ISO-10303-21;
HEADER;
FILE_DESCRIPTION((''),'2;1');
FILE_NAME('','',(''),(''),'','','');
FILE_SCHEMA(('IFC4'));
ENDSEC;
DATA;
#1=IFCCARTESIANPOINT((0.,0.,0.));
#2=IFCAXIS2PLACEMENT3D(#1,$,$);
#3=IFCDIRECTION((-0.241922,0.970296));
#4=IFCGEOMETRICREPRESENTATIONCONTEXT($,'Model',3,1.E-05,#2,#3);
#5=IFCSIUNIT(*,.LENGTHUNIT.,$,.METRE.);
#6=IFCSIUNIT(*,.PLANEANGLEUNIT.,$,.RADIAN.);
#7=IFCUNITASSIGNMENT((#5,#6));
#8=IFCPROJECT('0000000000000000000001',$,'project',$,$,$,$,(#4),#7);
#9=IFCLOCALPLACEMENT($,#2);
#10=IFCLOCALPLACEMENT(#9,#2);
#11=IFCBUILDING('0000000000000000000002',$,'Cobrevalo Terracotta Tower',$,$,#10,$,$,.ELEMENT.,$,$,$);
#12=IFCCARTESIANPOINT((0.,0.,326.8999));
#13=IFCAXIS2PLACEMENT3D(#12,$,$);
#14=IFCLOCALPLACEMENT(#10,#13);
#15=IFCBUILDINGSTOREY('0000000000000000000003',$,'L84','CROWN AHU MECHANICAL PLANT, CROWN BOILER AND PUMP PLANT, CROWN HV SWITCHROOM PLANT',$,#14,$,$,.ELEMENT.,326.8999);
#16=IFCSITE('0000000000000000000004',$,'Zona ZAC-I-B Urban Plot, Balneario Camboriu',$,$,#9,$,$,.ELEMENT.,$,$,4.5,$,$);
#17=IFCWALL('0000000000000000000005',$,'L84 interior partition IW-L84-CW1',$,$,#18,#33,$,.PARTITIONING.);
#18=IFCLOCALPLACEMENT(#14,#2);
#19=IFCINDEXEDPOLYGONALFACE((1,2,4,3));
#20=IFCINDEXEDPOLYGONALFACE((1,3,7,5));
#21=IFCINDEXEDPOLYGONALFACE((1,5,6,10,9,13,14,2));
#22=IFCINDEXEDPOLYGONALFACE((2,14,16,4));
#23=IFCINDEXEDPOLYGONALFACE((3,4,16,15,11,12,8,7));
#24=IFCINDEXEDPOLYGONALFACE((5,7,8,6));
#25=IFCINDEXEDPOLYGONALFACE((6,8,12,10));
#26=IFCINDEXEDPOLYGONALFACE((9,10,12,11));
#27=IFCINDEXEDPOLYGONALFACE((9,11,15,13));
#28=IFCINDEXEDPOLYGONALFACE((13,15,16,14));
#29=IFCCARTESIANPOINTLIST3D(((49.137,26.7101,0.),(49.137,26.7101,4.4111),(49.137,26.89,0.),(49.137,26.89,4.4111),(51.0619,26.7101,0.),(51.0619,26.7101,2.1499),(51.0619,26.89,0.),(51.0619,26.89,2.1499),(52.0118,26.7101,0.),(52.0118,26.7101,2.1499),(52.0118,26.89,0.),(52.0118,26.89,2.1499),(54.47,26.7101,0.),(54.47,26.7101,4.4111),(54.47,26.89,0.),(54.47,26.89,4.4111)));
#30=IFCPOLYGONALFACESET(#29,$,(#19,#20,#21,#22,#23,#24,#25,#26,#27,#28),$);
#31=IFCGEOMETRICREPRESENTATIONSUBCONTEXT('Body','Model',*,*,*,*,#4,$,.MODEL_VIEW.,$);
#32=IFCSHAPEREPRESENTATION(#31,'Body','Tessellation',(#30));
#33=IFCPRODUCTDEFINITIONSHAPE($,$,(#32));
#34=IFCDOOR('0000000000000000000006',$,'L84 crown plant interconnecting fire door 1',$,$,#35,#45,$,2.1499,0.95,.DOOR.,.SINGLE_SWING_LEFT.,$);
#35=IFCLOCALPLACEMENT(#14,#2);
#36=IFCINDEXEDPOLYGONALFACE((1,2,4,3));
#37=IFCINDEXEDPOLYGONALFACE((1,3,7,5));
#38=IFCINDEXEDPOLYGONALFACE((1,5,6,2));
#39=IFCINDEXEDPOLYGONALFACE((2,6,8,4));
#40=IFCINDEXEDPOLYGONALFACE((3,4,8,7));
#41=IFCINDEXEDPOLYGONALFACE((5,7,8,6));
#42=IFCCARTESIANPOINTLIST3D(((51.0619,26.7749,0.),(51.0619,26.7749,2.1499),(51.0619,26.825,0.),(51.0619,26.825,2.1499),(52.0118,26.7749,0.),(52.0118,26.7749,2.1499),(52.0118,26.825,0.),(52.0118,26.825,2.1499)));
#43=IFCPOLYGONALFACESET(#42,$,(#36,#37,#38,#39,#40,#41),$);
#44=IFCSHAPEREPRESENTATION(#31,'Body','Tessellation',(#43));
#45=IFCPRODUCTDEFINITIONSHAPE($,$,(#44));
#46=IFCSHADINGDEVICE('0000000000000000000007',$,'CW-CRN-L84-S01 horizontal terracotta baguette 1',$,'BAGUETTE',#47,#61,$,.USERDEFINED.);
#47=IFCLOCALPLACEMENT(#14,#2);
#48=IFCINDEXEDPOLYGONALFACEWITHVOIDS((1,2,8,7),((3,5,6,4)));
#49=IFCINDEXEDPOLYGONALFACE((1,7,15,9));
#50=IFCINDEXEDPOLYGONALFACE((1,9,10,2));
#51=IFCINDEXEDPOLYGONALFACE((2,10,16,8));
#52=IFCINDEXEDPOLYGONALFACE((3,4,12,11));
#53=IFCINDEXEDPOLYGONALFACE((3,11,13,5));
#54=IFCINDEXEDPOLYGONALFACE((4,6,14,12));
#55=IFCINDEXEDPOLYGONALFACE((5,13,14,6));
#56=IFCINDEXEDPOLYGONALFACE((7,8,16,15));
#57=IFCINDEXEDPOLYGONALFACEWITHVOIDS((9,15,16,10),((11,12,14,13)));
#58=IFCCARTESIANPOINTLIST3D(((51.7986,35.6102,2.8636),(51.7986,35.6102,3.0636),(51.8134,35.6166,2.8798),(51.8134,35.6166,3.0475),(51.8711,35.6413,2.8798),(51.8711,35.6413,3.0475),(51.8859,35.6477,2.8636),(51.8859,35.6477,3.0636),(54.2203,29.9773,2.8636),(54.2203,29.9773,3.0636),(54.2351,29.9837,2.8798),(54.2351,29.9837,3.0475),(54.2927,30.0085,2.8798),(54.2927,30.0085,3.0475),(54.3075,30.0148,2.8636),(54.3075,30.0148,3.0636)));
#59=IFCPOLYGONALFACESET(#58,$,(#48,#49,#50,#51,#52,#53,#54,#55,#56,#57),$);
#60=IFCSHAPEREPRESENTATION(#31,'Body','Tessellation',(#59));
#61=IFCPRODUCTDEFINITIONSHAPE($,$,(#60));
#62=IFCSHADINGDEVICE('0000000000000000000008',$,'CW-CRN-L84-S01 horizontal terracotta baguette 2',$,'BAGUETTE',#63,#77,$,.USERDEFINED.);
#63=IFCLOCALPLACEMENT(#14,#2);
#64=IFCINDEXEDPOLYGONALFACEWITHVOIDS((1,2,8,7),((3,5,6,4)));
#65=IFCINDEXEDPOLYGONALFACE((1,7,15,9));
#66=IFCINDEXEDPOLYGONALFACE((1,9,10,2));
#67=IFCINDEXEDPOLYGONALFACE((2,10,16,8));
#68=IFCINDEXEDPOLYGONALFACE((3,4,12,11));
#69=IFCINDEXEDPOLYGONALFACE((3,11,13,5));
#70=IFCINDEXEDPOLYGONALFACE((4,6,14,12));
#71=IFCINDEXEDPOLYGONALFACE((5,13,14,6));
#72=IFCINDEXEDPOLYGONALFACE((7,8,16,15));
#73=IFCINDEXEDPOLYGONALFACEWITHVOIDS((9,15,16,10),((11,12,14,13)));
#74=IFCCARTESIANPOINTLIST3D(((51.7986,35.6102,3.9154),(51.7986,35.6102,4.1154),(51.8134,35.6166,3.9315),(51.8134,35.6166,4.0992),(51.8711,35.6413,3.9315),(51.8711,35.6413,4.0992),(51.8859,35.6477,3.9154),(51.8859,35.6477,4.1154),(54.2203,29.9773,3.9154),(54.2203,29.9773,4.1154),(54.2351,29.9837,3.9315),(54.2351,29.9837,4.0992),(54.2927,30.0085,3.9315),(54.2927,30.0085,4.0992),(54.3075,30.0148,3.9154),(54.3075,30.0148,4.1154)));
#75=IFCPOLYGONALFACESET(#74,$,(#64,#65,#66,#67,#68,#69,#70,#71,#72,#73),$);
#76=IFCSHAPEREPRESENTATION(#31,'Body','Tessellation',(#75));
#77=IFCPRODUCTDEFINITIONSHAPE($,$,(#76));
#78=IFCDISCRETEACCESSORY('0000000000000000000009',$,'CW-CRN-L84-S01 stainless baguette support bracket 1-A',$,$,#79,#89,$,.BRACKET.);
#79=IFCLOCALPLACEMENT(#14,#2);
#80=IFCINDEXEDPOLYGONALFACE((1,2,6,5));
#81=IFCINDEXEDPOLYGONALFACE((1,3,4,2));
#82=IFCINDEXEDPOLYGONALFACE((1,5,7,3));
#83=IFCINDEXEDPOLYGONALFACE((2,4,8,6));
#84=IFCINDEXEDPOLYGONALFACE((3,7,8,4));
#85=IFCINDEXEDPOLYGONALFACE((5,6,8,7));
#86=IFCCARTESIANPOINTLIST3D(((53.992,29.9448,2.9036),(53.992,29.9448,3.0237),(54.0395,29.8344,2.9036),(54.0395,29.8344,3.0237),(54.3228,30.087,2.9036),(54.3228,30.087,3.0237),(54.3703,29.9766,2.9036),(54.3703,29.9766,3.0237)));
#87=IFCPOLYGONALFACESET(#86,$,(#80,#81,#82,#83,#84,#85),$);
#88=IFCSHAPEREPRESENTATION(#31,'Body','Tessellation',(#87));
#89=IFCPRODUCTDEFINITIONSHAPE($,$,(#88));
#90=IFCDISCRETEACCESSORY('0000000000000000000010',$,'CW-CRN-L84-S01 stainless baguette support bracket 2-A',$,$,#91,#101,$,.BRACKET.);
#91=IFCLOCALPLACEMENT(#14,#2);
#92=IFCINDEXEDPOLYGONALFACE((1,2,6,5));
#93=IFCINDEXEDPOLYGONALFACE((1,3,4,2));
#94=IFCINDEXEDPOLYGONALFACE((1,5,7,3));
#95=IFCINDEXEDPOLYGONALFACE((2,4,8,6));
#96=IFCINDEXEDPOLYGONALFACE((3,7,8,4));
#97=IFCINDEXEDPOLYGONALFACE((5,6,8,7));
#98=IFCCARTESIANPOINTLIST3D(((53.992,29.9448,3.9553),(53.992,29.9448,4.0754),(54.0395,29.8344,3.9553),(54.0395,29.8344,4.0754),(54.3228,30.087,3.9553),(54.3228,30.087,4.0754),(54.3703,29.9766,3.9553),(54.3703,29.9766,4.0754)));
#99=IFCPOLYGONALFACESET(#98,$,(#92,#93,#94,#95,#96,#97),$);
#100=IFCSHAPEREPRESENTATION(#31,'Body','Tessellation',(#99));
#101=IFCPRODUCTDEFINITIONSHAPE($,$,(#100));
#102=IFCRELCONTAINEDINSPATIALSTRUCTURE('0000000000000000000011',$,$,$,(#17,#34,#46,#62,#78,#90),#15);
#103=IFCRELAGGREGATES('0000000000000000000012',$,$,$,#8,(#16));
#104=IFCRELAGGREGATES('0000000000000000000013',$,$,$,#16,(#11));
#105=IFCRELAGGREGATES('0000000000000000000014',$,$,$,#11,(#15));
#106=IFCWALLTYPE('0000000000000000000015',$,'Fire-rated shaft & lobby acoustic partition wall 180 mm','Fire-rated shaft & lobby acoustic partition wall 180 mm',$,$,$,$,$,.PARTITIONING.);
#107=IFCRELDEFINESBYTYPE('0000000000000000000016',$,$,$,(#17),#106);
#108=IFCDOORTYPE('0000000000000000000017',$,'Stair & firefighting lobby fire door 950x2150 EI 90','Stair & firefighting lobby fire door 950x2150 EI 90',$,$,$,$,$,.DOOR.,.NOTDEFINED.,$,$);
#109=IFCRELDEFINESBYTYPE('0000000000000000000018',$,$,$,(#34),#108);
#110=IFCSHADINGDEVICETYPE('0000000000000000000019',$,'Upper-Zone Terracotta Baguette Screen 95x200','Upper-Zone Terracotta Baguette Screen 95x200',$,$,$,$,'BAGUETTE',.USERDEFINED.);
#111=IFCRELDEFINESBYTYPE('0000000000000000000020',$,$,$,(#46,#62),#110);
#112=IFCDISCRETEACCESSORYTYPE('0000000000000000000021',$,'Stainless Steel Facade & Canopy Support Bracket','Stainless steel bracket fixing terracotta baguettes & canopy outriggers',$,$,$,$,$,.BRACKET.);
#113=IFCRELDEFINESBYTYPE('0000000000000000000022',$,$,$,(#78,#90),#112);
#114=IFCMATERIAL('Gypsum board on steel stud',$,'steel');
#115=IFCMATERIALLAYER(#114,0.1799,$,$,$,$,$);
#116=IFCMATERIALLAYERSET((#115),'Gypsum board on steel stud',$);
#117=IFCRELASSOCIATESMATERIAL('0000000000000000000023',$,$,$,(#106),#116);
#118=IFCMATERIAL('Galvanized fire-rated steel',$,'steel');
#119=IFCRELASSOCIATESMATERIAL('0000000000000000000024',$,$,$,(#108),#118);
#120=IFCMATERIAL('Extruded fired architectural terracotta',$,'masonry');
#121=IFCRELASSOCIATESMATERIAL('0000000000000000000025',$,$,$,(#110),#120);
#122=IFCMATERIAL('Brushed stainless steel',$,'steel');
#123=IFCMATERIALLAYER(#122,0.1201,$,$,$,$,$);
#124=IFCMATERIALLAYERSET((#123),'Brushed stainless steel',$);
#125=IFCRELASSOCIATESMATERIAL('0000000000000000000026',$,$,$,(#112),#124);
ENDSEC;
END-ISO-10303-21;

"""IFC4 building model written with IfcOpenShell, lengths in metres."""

from ifc_helpers import new_model, si_unit, direction, frame, frame_2d, origin, origin_2d, place, context, subcontext, project, spatial, rectangle, hollow_rectangle, extrude, source, transform, mapped, material, layer, layer_set, material_profile, profile_set, type_object, element, fill, save


model = new_model("IFC4")

# Units and contexts
model_context = context("Model", 3, precision=1e-05, world=origin(), true_north=direction((-0.241922, 0.970296)))
body_context = subcontext(model_context, "Body", "Model", "MODEL_VIEW")
ifc_project = project(units=[si_unit("LENGTHUNIT", "METRE"), si_unit("PLANEANGLEUNIT", "RADIAN")], contexts=[model_context])

# Site, building, storey
site_placement = place(None, origin())
site = spatial("IfcSite", under=ifc_project, at=site_placement, Name="Zona ZAC-I-B Urban Plot, Balneario Camboriu", CompositionType="ELEMENT", RefElevation=4.5)
building_placement = place(site_placement, origin())
building = spatial("IfcBuilding", under=site, at=building_placement, Name="Cobrevalo Terracotta Tower", CompositionType="ELEMENT")
storey_placement = place(building_placement, frame((0.0, 0.0, 326.8999)))
storey = spatial("IfcBuildingStorey", under=building, at=storey_placement, Name="L84", Description="CROWN AHU MECHANICAL PLANT, CROWN BOILER AND PUMP PLANT, CROWN HV SWITCHROOM PLANT", CompositionType="ELEMENT", Elevation=326.8999)

# Wall, opening, door
ifc_material_1 = material(Name="Gypsum board on steel stud", Category="steel")
ifc_layer_1 = layer(ifc_material_1, 0.1799)
ifc_layer_set_1 = layer_set([ifc_layer_1], Name="Gypsum board on steel stud")
wall_type = type_object("IfcWallType", Name="Fire-rated shaft & lobby acoustic partition wall 180 mm", Description="Fire-rated shaft & lobby acoustic partition wall 180 mm", PredefinedType="PARTITIONING", material=ifc_layer_set_1)
wall_placement = place(storey_placement, frame((49.137, 26.8, 0.0), z_axis=(0.0, 0.0, 1.0), x_axis=(1.0, 0.0, 0.0)))
wall = element("IfcWall", 1, at=wall_placement, inside=storey, type_object=wall_type, Name="L84 interior partition IW-L84-CW1", PredefinedType="PARTITIONING", context=body_context, shape_type="SweptSolid", body=[
    extrude(rectangle(XDim=5.333, YDim=0.1799, at=frame_2d((2.6665, 0.0))), origin(), (0.0, 0.0, 1.0), 4.4111),
])
opening_placement = place(wall_placement, frame((1.9248, 0.0, 0.0)))
opening = element("IfcOpeningElement", 2, at=opening_placement, cuts=wall, PredefinedType="OPENING", context=body_context, shape_type="SweptSolid", body=[
    extrude(rectangle(XDim=0.95, YDim=2.1499, at=frame_2d((0.4751, 1.075))), frame((0.0, 0.1001, 0.0), z_axis=(0.0, -1.0, 0.0), x_axis=(1.0, 0.0, 0.0)), (0.0, 0.0, 1.0), 0.2),
])
ifc_material_2 = material(Name="Galvanized fire-rated steel", Category="steel")
door_type = type_object("IfcDoorType", Name="Stair & firefighting lobby fire door 950x2150 EI 90", Description="Stair & firefighting lobby fire door 950x2150 EI 90", OperationType="NOTDEFINED", PredefinedType="DOOR", material=ifc_material_2)
shared_shape_1 = source(origin(), body_context, "Body", "SweptSolid", [
    extrude(rectangle(XDim=0.95, YDim=2.1499, at=frame_2d((0.4751, 1.075))), frame((0.0, 0.0249, 0.0), z_axis=(0.0, -1.0, 0.0), x_axis=(1.0, 0.0, 0.0)), (0.0, 0.0, 1.0), 0.05),
])
door_placement = place(opening_placement, origin())
door = element("IfcDoor", 3, at=door_placement, inside=storey, type_object=door_type, Name="L84 crown plant interconnecting fire door 1", OperationType="SINGLE_SWING_LEFT", OverallHeight=2.1499, OverallWidth=0.95, PredefinedType="DOOR", context=body_context, shape_type="MappedRepresentation", body=[
    mapped(shared_shape_1, transform((0.0, 0.0, 0.0), scale=1.0)),
])
fill(opening, door)

# Shading devices
ifc_material_3 = material(Name="Extruded fired architectural terracotta", Category="masonry")
ifc_material_profile_1 = material_profile(ifc_material_3, hollow_rectangle(XDim=0.095, YDim=0.2, WallThickness=0.0161, at=origin_2d()), Name="BAGUETTE 95x200")
ifc_profile_set_1 = profile_set([ifc_material_profile_1], Name="Extruded fired architectural terracotta")
shading_device_type = type_object("IfcShadingDeviceType", Name="Upper-Zone Terracotta Baguette Screen 95x200", Description="Upper-Zone Terracotta Baguette Screen 95x200", ElementType="BAGUETTE", PredefinedType="USERDEFINED", material=ifc_profile_set_1)
shared_shape_2 = source(origin(), body_context, "Body", "SweptSolid", [
    extrude(hollow_rectangle(XDim=0.095, YDim=0.2, WallThickness=0.0161, at=origin_2d()), origin(), (0.0, 0.0, 1.0), 6.1313),
])
for number, where, z_axis, x_axis, name in (
    (4, (54.2639, 29.9961, 2.9636), (-0.394962, 0.918698, 0.0), (-0.918698, -0.394962, 0.0), "CW-CRN-L84-S01 horizontal terracotta baguette 1"),
    (5, (54.2639, 29.9961, 4.0154), (-0.394962, 0.918698, 0.0), (-0.918698, -0.394962, 0.0), "CW-CRN-L84-S01 horizontal terracotta baguette 2"),
):
    element("IfcShadingDevice", number, at=place(storey_placement, frame(where, z_axis=z_axis, x_axis=x_axis)), inside=storey, type_object=shading_device_type, Name=name, ObjectType="BAGUETTE", PredefinedType="USERDEFINED", context=body_context, shape_type="MappedRepresentation", body=[
        mapped(shared_shape_2, transform((0.0, 0.0, 0.0), scale=1.0)),
    ])

# Discrete accessories
ifc_material_4 = material(Name="Brushed stainless steel", Category="steel")
ifc_layer_2 = layer(ifc_material_4, 0.1201)
ifc_layer_set_2 = layer_set([ifc_layer_2], Name="Brushed stainless steel")
discrete_accessory_type = type_object("IfcDiscreteAccessoryType", Name="Stainless Steel Facade & Canopy Support Bracket", Description="Stainless steel bracket fixing terracotta baguettes & canopy outriggers", PredefinedType="BRACKET", material=ifc_layer_set_2)
shared_shape_3 = source(origin(), body_context, "Body", "SweptSolid", [
    extrude(rectangle(XDim=0.1201, YDim=0.3601, at=origin_2d()), origin(), (0.0, 0.0, 1.0), 0.1201),
])
for number, where, z_axis, x_axis, name in (
    (6, (54.1812, 29.9607, 2.9036), (0.0, 0.0, 1.0), (-0.39496, 0.918698, 0.0), "CW-CRN-L84-S01 stainless baguette support bracket 1-A"),
    (7, (54.1812, 29.9607, 3.9553), (0.0, 0.0, 1.0), (-0.39496, 0.918698, 0.0), "CW-CRN-L84-S01 stainless baguette support bracket 2-A"),
):
    element("IfcDiscreteAccessory", number, at=place(storey_placement, frame(where, z_axis=z_axis, x_axis=x_axis)), inside=storey, type_object=discrete_accessory_type, Name=name, PredefinedType="BRACKET", context=body_context, shape_type="MappedRepresentation", body=[
        mapped(shared_shape_3, transform((0.0, 0.0, 0.0), scale=1.0)),
    ])

save(model, "model.ifc")
